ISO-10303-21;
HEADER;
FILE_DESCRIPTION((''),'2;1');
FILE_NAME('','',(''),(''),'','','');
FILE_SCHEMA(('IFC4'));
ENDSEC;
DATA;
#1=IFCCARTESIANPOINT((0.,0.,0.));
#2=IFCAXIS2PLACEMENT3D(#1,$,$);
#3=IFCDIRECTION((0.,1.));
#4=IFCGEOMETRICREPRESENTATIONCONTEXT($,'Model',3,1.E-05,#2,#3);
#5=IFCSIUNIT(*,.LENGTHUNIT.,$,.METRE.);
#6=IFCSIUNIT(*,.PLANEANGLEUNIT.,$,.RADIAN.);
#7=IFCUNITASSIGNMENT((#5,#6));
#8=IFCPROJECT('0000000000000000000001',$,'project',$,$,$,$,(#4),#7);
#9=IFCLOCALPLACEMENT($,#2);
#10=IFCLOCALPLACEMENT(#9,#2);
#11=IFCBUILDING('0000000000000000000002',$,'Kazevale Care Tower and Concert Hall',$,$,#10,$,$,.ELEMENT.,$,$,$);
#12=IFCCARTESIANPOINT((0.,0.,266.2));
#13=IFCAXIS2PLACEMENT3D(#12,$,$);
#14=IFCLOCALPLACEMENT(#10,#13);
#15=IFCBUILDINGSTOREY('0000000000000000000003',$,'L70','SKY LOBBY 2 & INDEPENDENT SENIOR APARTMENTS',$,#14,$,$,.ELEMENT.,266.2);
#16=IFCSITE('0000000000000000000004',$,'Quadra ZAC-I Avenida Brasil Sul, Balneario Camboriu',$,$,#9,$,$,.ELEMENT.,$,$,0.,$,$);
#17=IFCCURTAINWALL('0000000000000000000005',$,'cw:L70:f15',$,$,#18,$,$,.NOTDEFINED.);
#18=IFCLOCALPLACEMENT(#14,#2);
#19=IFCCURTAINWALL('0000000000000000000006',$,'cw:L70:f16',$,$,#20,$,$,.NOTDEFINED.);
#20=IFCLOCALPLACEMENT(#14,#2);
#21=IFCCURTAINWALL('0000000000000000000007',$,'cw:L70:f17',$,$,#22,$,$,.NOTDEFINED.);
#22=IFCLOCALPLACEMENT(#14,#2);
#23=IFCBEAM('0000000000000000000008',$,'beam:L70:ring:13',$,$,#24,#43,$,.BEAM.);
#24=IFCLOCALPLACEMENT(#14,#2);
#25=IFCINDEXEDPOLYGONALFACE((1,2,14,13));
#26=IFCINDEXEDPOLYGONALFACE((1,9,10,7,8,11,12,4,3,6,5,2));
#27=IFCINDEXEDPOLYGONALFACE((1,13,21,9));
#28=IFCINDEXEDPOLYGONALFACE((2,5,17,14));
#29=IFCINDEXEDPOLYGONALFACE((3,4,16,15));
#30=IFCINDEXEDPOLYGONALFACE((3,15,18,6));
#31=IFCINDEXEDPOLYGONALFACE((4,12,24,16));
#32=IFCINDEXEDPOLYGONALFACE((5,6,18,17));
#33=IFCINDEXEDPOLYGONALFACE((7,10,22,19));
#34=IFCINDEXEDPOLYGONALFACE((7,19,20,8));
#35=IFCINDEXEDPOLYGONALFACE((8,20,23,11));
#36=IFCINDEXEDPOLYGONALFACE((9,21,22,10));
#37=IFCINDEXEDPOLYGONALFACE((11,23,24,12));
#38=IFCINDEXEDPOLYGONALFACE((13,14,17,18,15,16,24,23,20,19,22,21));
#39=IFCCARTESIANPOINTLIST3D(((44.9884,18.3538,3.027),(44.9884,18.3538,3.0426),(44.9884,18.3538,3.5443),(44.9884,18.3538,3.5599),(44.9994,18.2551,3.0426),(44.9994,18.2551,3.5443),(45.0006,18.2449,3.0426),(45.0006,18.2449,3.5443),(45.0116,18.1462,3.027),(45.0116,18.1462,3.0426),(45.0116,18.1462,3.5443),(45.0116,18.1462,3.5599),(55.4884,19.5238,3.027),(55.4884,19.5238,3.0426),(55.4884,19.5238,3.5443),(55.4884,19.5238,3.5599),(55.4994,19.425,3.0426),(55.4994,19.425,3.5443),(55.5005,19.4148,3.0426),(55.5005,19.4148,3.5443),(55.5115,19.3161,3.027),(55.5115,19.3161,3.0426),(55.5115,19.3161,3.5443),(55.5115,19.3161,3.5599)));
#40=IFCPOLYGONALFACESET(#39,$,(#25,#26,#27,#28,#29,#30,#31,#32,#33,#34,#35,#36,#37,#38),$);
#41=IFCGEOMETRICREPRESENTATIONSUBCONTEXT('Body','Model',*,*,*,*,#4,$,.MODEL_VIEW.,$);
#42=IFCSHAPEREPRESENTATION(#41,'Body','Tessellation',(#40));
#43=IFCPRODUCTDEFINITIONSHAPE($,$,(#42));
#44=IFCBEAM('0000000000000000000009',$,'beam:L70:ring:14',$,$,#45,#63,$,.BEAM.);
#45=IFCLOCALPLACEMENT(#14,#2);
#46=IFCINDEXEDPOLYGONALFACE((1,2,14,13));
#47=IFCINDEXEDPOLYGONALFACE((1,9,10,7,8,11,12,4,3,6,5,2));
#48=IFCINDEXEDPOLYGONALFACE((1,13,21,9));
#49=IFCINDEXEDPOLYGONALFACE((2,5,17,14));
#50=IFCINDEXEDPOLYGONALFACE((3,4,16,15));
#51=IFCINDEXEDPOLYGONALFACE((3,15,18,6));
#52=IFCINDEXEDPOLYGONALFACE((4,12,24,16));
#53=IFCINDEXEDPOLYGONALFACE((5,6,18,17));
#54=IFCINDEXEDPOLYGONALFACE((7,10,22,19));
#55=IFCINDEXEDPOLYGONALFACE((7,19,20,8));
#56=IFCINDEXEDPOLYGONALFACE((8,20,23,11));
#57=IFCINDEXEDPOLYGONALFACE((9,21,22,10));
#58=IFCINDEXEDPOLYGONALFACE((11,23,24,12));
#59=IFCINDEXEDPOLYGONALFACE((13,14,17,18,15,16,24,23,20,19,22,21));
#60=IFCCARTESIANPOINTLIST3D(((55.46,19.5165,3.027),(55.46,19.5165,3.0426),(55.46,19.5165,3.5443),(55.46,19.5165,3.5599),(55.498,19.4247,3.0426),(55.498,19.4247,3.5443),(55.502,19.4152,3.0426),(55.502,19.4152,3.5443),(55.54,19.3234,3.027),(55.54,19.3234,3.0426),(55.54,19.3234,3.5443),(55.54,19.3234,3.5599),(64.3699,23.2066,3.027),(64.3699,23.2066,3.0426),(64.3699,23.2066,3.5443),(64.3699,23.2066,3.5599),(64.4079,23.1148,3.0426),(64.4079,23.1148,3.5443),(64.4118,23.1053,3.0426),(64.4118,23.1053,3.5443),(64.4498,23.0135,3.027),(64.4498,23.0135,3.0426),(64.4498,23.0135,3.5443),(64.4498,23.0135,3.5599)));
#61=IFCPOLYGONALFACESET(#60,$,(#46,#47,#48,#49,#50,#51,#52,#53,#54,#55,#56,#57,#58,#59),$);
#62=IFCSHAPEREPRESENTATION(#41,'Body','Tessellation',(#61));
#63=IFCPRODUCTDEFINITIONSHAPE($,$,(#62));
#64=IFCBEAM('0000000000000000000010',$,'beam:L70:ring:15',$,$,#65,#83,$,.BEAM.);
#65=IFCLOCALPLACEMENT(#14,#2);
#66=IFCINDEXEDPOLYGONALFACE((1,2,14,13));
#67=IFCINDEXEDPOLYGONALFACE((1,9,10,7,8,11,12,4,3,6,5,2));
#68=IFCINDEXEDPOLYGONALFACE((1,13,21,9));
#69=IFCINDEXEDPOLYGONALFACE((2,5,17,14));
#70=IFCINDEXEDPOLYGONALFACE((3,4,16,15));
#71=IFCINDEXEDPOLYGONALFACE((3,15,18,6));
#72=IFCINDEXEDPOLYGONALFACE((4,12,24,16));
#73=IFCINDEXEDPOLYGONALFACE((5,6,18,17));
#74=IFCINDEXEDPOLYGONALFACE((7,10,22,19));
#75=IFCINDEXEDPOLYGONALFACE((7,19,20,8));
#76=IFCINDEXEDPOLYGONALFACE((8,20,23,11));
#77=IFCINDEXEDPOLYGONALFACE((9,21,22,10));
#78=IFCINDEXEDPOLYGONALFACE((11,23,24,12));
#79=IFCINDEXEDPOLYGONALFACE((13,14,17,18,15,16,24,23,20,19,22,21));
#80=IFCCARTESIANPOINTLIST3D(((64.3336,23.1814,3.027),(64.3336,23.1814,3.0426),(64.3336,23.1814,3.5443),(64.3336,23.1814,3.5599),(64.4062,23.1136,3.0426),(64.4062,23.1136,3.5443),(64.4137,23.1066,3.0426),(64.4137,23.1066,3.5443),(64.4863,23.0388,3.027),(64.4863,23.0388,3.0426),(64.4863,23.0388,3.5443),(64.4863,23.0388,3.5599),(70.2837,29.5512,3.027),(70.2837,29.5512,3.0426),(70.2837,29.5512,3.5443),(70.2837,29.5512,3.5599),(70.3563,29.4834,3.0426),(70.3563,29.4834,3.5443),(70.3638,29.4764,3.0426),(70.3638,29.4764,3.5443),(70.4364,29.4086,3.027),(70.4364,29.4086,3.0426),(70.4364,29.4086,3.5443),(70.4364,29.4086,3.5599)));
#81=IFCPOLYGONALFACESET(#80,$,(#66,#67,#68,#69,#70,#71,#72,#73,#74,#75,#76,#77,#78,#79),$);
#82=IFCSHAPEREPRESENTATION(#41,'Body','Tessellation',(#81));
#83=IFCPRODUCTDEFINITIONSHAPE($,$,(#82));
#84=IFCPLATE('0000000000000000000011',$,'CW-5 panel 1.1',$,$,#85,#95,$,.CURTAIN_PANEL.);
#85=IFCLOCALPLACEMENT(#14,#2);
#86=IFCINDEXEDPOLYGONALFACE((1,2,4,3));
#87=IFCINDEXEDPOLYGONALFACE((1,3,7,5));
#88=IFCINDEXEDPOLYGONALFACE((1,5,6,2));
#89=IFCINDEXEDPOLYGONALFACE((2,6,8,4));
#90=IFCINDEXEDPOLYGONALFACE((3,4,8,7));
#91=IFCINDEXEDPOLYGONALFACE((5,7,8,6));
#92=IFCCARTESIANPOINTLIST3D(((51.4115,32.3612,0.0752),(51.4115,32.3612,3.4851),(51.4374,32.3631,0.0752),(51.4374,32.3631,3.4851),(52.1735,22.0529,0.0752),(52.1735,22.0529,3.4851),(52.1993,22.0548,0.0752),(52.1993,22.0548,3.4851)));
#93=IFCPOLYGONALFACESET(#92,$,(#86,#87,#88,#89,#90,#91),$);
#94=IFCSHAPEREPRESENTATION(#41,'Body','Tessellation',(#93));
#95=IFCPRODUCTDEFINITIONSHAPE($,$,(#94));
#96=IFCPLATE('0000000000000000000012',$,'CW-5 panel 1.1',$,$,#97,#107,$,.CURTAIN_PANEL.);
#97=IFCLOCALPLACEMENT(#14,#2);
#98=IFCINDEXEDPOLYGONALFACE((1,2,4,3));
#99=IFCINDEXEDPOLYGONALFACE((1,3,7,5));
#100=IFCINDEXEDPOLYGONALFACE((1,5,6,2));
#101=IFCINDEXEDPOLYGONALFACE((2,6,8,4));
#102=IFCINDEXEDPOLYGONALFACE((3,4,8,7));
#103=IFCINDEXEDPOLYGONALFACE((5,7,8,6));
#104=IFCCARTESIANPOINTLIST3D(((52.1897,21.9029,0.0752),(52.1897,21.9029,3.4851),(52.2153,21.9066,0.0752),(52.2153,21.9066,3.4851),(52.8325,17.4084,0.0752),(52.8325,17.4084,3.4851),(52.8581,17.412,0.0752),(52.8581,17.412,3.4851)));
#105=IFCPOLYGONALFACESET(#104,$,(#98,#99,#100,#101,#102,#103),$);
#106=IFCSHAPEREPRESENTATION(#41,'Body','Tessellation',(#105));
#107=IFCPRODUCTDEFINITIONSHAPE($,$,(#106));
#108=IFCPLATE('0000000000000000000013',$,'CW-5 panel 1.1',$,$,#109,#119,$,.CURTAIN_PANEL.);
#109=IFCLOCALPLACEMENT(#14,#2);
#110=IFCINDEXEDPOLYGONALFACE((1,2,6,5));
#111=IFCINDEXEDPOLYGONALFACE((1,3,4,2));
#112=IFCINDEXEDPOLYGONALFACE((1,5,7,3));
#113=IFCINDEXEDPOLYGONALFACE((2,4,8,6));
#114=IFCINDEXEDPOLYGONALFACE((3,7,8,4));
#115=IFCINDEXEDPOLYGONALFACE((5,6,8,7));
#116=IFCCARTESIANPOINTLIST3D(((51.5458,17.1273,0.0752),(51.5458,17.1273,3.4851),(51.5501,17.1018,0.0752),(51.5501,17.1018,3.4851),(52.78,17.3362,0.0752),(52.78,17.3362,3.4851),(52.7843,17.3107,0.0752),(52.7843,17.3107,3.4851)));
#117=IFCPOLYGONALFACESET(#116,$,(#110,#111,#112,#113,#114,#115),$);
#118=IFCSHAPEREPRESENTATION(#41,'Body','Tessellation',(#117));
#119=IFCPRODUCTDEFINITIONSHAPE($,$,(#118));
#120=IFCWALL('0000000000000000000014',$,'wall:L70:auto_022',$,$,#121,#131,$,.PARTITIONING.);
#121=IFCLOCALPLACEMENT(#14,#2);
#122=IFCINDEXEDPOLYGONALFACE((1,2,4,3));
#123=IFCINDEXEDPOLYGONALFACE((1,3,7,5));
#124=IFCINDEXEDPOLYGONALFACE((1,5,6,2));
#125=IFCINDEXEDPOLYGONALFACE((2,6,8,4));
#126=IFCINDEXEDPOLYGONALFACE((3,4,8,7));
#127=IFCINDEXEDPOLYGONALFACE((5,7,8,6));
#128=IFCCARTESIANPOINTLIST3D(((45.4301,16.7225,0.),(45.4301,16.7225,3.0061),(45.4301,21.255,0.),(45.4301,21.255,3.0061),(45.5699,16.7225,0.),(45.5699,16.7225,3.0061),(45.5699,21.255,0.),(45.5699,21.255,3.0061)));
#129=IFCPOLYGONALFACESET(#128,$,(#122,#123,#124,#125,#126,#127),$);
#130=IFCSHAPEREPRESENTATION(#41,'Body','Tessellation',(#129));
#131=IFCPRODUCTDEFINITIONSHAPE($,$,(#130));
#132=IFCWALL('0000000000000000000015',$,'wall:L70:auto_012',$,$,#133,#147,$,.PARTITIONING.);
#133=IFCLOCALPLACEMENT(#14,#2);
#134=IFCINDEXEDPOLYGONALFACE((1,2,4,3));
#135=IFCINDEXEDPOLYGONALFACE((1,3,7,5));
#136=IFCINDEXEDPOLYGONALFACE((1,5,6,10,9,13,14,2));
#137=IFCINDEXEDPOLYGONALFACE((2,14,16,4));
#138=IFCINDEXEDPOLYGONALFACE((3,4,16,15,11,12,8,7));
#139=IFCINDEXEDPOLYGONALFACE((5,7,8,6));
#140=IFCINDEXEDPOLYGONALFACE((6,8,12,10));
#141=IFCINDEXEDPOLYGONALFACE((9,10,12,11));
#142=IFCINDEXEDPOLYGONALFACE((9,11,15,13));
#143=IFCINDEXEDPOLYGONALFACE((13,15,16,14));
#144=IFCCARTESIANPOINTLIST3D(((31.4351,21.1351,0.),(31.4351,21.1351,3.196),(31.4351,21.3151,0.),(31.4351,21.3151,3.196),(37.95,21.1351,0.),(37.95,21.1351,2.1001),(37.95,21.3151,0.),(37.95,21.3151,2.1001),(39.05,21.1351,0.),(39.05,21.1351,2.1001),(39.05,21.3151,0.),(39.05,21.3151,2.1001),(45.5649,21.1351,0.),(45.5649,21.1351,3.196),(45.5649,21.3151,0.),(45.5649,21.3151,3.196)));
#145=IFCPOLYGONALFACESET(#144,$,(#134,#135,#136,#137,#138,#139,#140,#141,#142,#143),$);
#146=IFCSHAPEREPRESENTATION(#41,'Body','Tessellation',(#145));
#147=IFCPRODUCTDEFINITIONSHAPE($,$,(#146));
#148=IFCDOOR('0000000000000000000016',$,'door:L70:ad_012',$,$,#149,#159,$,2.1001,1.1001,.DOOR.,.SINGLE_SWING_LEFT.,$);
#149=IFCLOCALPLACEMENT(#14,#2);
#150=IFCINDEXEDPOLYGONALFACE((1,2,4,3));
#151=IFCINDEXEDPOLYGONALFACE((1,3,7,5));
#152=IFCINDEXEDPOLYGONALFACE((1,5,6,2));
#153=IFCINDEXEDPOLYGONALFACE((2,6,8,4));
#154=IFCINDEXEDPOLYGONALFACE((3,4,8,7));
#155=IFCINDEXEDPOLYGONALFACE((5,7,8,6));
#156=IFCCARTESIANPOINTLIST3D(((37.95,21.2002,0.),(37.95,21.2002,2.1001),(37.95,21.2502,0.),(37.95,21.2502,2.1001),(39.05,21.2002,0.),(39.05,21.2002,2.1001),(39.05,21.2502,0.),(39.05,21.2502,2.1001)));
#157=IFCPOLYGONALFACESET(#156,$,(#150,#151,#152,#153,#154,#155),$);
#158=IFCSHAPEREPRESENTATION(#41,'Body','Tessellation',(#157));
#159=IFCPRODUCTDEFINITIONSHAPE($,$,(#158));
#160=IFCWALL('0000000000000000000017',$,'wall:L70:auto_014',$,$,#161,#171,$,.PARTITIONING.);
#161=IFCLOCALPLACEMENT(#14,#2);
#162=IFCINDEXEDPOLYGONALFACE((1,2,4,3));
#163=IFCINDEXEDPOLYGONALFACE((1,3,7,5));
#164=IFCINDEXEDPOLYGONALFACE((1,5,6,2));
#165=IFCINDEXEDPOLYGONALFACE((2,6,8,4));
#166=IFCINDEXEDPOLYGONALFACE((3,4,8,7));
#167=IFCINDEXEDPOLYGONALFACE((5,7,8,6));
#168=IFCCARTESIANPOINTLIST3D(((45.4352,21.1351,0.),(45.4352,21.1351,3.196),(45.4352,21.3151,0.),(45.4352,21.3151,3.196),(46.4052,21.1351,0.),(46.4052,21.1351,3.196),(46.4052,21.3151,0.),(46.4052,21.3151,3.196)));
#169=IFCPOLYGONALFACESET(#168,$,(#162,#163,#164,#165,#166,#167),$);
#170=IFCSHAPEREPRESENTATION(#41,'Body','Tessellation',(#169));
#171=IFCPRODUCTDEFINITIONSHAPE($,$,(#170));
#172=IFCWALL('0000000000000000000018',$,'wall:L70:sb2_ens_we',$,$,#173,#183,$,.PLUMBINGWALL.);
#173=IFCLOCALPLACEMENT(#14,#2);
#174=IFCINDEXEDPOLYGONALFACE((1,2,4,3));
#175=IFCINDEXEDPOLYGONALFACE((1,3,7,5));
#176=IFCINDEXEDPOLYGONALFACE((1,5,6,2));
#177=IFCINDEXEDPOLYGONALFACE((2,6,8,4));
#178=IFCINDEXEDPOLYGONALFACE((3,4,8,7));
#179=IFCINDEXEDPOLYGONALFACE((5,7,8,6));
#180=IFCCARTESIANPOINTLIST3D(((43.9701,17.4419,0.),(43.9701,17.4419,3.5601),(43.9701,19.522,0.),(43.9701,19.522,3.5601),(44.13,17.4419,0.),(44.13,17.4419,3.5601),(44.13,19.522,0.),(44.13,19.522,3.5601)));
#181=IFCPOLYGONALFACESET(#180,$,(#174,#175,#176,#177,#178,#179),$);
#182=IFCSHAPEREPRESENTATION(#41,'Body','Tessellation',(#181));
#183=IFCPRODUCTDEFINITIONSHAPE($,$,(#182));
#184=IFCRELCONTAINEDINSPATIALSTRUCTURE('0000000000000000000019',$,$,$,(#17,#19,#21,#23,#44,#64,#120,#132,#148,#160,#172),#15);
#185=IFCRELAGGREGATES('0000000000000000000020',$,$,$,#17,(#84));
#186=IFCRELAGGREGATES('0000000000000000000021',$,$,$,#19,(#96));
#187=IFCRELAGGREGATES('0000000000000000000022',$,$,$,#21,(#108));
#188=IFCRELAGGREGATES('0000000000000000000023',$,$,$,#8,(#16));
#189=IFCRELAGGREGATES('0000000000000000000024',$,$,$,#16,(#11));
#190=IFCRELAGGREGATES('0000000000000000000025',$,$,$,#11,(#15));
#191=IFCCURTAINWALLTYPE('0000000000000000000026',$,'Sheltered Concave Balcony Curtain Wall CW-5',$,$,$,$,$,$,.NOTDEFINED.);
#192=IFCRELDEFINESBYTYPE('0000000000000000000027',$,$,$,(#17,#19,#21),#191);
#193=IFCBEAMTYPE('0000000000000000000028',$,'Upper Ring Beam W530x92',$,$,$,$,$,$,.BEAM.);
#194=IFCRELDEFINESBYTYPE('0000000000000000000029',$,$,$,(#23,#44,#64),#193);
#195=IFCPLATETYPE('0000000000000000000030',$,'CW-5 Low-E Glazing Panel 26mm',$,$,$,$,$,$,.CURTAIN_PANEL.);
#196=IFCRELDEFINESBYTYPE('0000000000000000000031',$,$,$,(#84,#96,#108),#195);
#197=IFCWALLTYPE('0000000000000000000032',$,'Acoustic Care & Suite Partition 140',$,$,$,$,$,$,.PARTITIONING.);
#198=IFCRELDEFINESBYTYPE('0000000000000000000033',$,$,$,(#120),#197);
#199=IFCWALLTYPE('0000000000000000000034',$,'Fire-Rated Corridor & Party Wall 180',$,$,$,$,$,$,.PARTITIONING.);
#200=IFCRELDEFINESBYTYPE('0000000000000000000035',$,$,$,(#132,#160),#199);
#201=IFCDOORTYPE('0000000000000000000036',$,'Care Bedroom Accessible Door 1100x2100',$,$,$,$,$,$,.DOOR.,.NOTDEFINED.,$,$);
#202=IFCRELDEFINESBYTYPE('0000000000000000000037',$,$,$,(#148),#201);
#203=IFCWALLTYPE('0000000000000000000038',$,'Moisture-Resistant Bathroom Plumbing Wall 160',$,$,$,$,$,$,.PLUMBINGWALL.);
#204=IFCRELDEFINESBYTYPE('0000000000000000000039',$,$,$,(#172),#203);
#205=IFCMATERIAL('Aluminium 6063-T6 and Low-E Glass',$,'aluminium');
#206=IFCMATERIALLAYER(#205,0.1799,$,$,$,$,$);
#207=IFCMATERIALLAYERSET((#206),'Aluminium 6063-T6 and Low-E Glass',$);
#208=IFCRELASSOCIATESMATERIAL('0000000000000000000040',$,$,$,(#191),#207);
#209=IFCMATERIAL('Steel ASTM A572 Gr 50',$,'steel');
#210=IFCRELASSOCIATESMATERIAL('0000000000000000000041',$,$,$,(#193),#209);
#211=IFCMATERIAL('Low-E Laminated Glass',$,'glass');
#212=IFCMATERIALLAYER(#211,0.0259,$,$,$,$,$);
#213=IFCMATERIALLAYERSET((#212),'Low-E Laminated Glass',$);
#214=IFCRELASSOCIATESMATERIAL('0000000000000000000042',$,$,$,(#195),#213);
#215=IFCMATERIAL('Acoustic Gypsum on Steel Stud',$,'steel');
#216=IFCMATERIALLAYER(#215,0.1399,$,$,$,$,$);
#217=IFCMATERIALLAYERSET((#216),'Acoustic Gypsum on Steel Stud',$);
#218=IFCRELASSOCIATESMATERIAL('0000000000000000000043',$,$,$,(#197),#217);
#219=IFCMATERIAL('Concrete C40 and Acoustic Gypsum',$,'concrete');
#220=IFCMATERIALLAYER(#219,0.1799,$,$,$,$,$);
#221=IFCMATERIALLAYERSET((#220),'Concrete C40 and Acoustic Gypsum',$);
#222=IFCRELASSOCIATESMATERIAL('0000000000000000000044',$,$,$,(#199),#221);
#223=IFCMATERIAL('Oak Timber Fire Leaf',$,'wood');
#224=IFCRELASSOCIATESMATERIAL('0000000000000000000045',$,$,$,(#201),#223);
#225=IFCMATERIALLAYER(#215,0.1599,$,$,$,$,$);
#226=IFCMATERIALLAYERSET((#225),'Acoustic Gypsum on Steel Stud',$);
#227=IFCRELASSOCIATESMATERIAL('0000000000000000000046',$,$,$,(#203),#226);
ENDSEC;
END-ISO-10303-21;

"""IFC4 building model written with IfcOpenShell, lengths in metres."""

from ifc_helpers import new_model, si_unit, direction, frame, frame_2d, origin, origin_2d, place, context, subcontext, project, spatial, rectangle, i_section, extrude, material, layer, layer_set, material_profile, profile_set, type_object, element, fill, aggregate, save


model = new_model("IFC4")

# Units and contexts
model_context = context("Model", 3, precision=1e-05, world=origin(), true_north=direction((0.0, 1.0)))
body_context = subcontext(model_context, "Body", "Model", "MODEL_VIEW")
ifc_project = project(units=[si_unit("LENGTHUNIT", "METRE"), si_unit("PLANEANGLEUNIT", "RADIAN")], contexts=[model_context])

# Site, building, storey
site_placement = place(None, origin())
site = spatial("IfcSite", under=ifc_project, at=site_placement, Name="Quadra ZAC-I Avenida Brasil Sul, Balneario Camboriu", CompositionType="ELEMENT", RefElevation=0.0)
building_placement = place(site_placement, origin())
building = spatial("IfcBuilding", under=site, at=building_placement, Name="Kazevale Care Tower and Concert Hall", CompositionType="ELEMENT")
storey_placement = place(building_placement, frame((0.0, 0.0, 266.2)))
storey = spatial("IfcBuildingStorey", under=building, at=storey_placement, Name="L70", Description="SKY LOBBY 2 & INDEPENDENT SENIOR APARTMENTS", CompositionType="ELEMENT", Elevation=266.2)

# Curtain wall
ifc_material_1 = material(Name="Aluminium 6063-T6 and Low-E Glass", Category="aluminium")
ifc_layer_1 = layer(ifc_material_1, 0.1799)
ifc_layer_set_1 = layer_set([ifc_layer_1], Name="Aluminium 6063-T6 and Low-E Glass")
curtain_wall_type = type_object("IfcCurtainWallType", Name="Sheltered Concave Balcony Curtain Wall CW-5", PredefinedType="NOTDEFINED", material=ifc_layer_set_1)
curtain_wall_1_placement = place(storey_placement, origin())
curtain_wall_1 = element("IfcCurtainWall", 1, at=curtain_wall_1_placement, inside=storey, type_object=curtain_wall_type, Name="cw:L70:f15", PredefinedType="NOTDEFINED")

# Curtain walls
curtain_wall_2_placement = place(storey_placement, origin())
curtain_wall_2 = element("IfcCurtainWall", 2, at=curtain_wall_2_placement, inside=storey, type_object=curtain_wall_type, Name="cw:L70:f16", PredefinedType="NOTDEFINED")
curtain_wall_3_placement = place(storey_placement, origin())
curtain_wall_3 = element("IfcCurtainWall", 3, at=curtain_wall_3_placement, inside=storey, type_object=curtain_wall_type, Name="cw:L70:f17", PredefinedType="NOTDEFINED")

# Beams
ifc_material_2 = material(Name="Steel ASTM A572 Gr 50", Category="steel")
ifc_material_profile_1 = material_profile(ifc_material_2, i_section(OverallWidth=0.209, OverallDepth=0.533, WebThickness=0.0103, FlangeThickness=0.0156, at=origin_2d()), Name="W530x92")
ifc_profile_set_1 = profile_set([ifc_material_profile_1], Name="Steel ASTM A572 Gr 50")
beam_type_1 = type_object("IfcBeamType", Name="Upper Ring Beam W530x92", PredefinedType="BEAM", material=ifc_profile_set_1)
beam_1_placement = place(storey_placement, frame((45.0, 18.25, 3.2935), z_axis=(0.99385, 0.110736, 0.0), x_axis=(-0.110736, 0.99385, 0.0)))
element("IfcBeam", 4, at=beam_1_placement, inside=storey, type_object=beam_type_1, Name="beam:L70:ring:13", PredefinedType="BEAM", context=body_context, shape_type="SweptSolid", body=[
    extrude(i_section(OverallWidth=0.209, OverallDepth=0.533, WebThickness=0.0103, FlangeThickness=0.0156, at=origin_2d()), origin(), (0.0, 0.0, 1.0), 10.5649),
])
beam_2_placement = place(storey_placement, frame((55.5, 19.4199, 3.2935), z_axis=(0.923895, 0.382646, 0.0), x_axis=(-0.382646, 0.923895, 0.0)))
element("IfcBeam", 5, at=beam_2_placement, inside=storey, type_object=beam_type_1, Name="beam:L70:ring:14", PredefinedType="BEAM", context=body_context, shape_type="SweptSolid", body=[
    extrude(i_section(OverallWidth=0.209, OverallDepth=0.533, WebThickness=0.0103, FlangeThickness=0.0156, at=origin_2d()), origin(), (0.0, 0.0, 1.0), 9.6438),
])
beam_3_placement = place(storey_placement, frame((64.4099, 23.1101, 3.2935), z_axis=(0.682624, 0.73077, 0.0), x_axis=(-0.73077, 0.682624, 0.0)))
element("IfcBeam", 6, at=beam_3_placement, inside=storey, type_object=beam_type_1, Name="beam:L70:ring:15", PredefinedType="BEAM", context=body_context, shape_type="SweptSolid", body=[
    extrude(i_section(OverallWidth=0.209, OverallDepth=0.533, WebThickness=0.0103, FlangeThickness=0.0156, at=origin_2d()), origin(), (0.0, 0.0, 1.0), 8.7166),
])

# Plates
ifc_material_3 = material(Name="Low-E Laminated Glass", Category="glass")
ifc_layer_2 = layer(ifc_material_3, 0.0259)
ifc_layer_set_2 = layer_set([ifc_layer_2], Name="Low-E Laminated Glass")
plate_type = type_object("IfcPlateType", Name="CW-5 Low-E Glazing Panel 26mm", PredefinedType="CURTAIN_PANEL", material=ifc_layer_set_2)
plate_1_placement = place(storey_placement, frame((51.8054, 27.208, 0.0752), z_axis=(0.0, 0.0, 1.0), x_axis=(0.073714, -0.997279, 0.0)))
plate_1 = element("IfcPlate", 7, at=plate_1_placement, type_object=plate_type, Name="CW-5 panel 1.1", PredefinedType="CURTAIN_PANEL", context=body_context, shape_type="SweptSolid", body=[
    extrude(rectangle(XDim=10.3364, YDim=0.0259, at=origin_2d()), origin(), (0.0, 0.0, 1.0), 3.4099),
])
aggregate(curtain_wall_1, [plate_1])
plate_2_placement = place(storey_placement, frame((52.5239, 19.6575, 0.0752), z_axis=(0.0, 0.0, 1.0), x_axis=(0.141571, -0.989928, 0.0)))
plate_2 = element("IfcPlate", 8, at=plate_2_placement, type_object=plate_type, Name="CW-5 panel 1.1", PredefinedType="CURTAIN_PANEL", context=body_context, shape_type="SweptSolid", body=[
    extrude(rectangle(XDim=4.5403, YDim=0.0259, at=origin_2d()), origin(), (0.0, 0.0, 1.0), 3.4099),
])
aggregate(curtain_wall_2, [plate_2])
plate_3_placement = place(storey_placement, frame((52.165, 17.219, 0.0752), z_axis=(0.0, 0.0, 1.0), x_axis=(-0.985966, -0.166944, 0.0)))
plate_3 = element("IfcPlate", 9, at=plate_3_placement, type_object=plate_type, Name="CW-5 panel 1.1", PredefinedType="CURTAIN_PANEL", context=body_context, shape_type="SweptSolid", body=[
    extrude(rectangle(XDim=1.2517, YDim=0.0259, at=origin_2d()), origin(), (0.0, 0.0, 1.0), 3.4099),
])
aggregate(curtain_wall_3, [plate_3])

# Wall
ifc_material_4 = material(Name="Acoustic Gypsum on Steel Stud", Category="steel")
ifc_layer_3 = layer(ifc_material_4, 0.1399)
ifc_layer_set_3 = layer_set([ifc_layer_3], Name="Acoustic Gypsum on Steel Stud")
wall_type_1 = type_object("IfcWallType", Name="Acoustic Care & Suite Partition 140", PredefinedType="PARTITIONING", material=ifc_layer_set_3)
wall_1_placement = place(storey_placement, frame((45.5, 21.2549, 0.0), z_axis=(0.0, 0.0, 1.0), x_axis=(0.0, -1.0, 0.0)))
element("IfcWall", 10, at=wall_1_placement, inside=storey, type_object=wall_type_1, Name="wall:L70:auto_022", PredefinedType="PARTITIONING", context=body_context, shape_type="SweptSolid", body=[
    extrude(rectangle(XDim=4.5325, YDim=0.1399, at=frame_2d((2.2661, 0.0))), origin(), (0.0, 0.0, 1.0), 3.0061),
])

# Wall, opening, door
ifc_material_5 = material(Name="Oak Timber Fire Leaf", Category="wood")
ifc_material_6 = material(Name="Concrete C40 and Acoustic Gypsum", Category="concrete")
ifc_layer_4 = layer(ifc_material_6, 0.1799)
ifc_layer_set_4 = layer_set([ifc_layer_4], Name="Concrete C40 and Acoustic Gypsum")
wall_type_2 = type_object("IfcWallType", Name="Fire-Rated Corridor & Party Wall 180", PredefinedType="PARTITIONING", material=ifc_layer_set_4)
wall_2_placement = place(storey_placement, frame((45.5649, 21.2251, 0.0), z_axis=(0.0, 0.0, 1.0), x_axis=(-1.0, 0.0, 0.0)))
wall_2 = element("IfcWall", 11, at=wall_2_placement, inside=storey, type_object=wall_type_2, Name="wall:L70:auto_012", PredefinedType="PARTITIONING", context=body_context, shape_type="SweptSolid", body=[
    extrude(rectangle(XDim=14.1299, YDim=0.1799, at=frame_2d((7.0649, 0.0))), origin(), (0.0, 0.0, 1.0), 3.196),
])
opening_1_placement = place(wall_2_placement, frame((6.5149, 0.0, 0.0)))
opening_1 = element("IfcOpeningElement", 12, at=opening_1_placement, cuts=wall_2, PredefinedType="OPENING", context=body_context, shape_type="SweptSolid", body=[
    extrude(rectangle(XDim=1.1001, YDim=2.1001, at=frame_2d((0.55, 1.05))), frame((0.0, 0.0999, 0.0), z_axis=(0.0, -1.0, 0.0), x_axis=(1.0, 0.0, 0.0)), (0.0, 0.0, 1.0), 0.2),
])
door_type_1 = type_object("IfcDoorType", Name="Care Bedroom Accessible Door 1100x2100", OperationType="NOTDEFINED", PredefinedType="DOOR", material=ifc_material_5)
door_1_placement = place(opening_1_placement, origin())
door_1 = element("IfcDoor", 13, at=door_1_placement, inside=storey, type_object=door_type_1, Name="door:L70:ad_012", OperationType="SINGLE_SWING_LEFT", OverallHeight=2.1001, OverallWidth=1.1001, PredefinedType="DOOR", context=body_context, shape_type="SweptSolid", body=[
    extrude(rectangle(XDim=1.1001, YDim=2.1001, at=frame_2d((0.55, 1.05))), frame((0.0, 0.0249, 0.0), z_axis=(0.0, -1.0, 0.0), x_axis=(1.0, 0.0, 0.0)), (0.0, 0.0, 1.0), 0.05),
])
fill(opening_1, door_1)

# Walls
wall_3_placement = place(storey_placement, frame((46.405, 21.2251, 0.0), z_axis=(0.0, 0.0, 1.0), x_axis=(-1.0, 0.0, 0.0)))
element("IfcWall", 14, at=wall_3_placement, inside=storey, type_object=wall_type_2, Name="wall:L70:auto_014", PredefinedType="PARTITIONING", context=body_context, shape_type="SweptSolid", body=[
    extrude(rectangle(XDim=0.97, YDim=0.1799, at=frame_2d((0.4849, 0.0))), origin(), (0.0, 0.0, 1.0), 3.196),
])
ifc_layer_5 = layer(ifc_material_4, 0.1599)
ifc_layer_set_5 = layer_set([ifc_layer_5], Name="Acoustic Gypsum on Steel Stud")
wall_type_3 = type_object("IfcWallType", Name="Moisture-Resistant Bathroom Plumbing Wall 160", PredefinedType="PLUMBINGWALL", material=ifc_layer_set_5)
wall_4_placement = place(storey_placement, frame((44.05, 17.4419, 0.0), z_axis=(0.0, 0.0, 1.0), x_axis=(0.0, 1.0, 0.0)))
element("IfcWall", 15, at=wall_4_placement, inside=storey, type_object=wall_type_3, Name="wall:L70:sb2_ens_we", PredefinedType="PLUMBINGWALL", context=body_context, shape_type="SweptSolid", body=[
    extrude(rectangle(XDim=2.0801, YDim=0.1599, at=frame_2d((1.04, 0.0))), origin(), (0.0, 0.0, 1.0), 3.5601),
])

save(model, "model.ifc")
